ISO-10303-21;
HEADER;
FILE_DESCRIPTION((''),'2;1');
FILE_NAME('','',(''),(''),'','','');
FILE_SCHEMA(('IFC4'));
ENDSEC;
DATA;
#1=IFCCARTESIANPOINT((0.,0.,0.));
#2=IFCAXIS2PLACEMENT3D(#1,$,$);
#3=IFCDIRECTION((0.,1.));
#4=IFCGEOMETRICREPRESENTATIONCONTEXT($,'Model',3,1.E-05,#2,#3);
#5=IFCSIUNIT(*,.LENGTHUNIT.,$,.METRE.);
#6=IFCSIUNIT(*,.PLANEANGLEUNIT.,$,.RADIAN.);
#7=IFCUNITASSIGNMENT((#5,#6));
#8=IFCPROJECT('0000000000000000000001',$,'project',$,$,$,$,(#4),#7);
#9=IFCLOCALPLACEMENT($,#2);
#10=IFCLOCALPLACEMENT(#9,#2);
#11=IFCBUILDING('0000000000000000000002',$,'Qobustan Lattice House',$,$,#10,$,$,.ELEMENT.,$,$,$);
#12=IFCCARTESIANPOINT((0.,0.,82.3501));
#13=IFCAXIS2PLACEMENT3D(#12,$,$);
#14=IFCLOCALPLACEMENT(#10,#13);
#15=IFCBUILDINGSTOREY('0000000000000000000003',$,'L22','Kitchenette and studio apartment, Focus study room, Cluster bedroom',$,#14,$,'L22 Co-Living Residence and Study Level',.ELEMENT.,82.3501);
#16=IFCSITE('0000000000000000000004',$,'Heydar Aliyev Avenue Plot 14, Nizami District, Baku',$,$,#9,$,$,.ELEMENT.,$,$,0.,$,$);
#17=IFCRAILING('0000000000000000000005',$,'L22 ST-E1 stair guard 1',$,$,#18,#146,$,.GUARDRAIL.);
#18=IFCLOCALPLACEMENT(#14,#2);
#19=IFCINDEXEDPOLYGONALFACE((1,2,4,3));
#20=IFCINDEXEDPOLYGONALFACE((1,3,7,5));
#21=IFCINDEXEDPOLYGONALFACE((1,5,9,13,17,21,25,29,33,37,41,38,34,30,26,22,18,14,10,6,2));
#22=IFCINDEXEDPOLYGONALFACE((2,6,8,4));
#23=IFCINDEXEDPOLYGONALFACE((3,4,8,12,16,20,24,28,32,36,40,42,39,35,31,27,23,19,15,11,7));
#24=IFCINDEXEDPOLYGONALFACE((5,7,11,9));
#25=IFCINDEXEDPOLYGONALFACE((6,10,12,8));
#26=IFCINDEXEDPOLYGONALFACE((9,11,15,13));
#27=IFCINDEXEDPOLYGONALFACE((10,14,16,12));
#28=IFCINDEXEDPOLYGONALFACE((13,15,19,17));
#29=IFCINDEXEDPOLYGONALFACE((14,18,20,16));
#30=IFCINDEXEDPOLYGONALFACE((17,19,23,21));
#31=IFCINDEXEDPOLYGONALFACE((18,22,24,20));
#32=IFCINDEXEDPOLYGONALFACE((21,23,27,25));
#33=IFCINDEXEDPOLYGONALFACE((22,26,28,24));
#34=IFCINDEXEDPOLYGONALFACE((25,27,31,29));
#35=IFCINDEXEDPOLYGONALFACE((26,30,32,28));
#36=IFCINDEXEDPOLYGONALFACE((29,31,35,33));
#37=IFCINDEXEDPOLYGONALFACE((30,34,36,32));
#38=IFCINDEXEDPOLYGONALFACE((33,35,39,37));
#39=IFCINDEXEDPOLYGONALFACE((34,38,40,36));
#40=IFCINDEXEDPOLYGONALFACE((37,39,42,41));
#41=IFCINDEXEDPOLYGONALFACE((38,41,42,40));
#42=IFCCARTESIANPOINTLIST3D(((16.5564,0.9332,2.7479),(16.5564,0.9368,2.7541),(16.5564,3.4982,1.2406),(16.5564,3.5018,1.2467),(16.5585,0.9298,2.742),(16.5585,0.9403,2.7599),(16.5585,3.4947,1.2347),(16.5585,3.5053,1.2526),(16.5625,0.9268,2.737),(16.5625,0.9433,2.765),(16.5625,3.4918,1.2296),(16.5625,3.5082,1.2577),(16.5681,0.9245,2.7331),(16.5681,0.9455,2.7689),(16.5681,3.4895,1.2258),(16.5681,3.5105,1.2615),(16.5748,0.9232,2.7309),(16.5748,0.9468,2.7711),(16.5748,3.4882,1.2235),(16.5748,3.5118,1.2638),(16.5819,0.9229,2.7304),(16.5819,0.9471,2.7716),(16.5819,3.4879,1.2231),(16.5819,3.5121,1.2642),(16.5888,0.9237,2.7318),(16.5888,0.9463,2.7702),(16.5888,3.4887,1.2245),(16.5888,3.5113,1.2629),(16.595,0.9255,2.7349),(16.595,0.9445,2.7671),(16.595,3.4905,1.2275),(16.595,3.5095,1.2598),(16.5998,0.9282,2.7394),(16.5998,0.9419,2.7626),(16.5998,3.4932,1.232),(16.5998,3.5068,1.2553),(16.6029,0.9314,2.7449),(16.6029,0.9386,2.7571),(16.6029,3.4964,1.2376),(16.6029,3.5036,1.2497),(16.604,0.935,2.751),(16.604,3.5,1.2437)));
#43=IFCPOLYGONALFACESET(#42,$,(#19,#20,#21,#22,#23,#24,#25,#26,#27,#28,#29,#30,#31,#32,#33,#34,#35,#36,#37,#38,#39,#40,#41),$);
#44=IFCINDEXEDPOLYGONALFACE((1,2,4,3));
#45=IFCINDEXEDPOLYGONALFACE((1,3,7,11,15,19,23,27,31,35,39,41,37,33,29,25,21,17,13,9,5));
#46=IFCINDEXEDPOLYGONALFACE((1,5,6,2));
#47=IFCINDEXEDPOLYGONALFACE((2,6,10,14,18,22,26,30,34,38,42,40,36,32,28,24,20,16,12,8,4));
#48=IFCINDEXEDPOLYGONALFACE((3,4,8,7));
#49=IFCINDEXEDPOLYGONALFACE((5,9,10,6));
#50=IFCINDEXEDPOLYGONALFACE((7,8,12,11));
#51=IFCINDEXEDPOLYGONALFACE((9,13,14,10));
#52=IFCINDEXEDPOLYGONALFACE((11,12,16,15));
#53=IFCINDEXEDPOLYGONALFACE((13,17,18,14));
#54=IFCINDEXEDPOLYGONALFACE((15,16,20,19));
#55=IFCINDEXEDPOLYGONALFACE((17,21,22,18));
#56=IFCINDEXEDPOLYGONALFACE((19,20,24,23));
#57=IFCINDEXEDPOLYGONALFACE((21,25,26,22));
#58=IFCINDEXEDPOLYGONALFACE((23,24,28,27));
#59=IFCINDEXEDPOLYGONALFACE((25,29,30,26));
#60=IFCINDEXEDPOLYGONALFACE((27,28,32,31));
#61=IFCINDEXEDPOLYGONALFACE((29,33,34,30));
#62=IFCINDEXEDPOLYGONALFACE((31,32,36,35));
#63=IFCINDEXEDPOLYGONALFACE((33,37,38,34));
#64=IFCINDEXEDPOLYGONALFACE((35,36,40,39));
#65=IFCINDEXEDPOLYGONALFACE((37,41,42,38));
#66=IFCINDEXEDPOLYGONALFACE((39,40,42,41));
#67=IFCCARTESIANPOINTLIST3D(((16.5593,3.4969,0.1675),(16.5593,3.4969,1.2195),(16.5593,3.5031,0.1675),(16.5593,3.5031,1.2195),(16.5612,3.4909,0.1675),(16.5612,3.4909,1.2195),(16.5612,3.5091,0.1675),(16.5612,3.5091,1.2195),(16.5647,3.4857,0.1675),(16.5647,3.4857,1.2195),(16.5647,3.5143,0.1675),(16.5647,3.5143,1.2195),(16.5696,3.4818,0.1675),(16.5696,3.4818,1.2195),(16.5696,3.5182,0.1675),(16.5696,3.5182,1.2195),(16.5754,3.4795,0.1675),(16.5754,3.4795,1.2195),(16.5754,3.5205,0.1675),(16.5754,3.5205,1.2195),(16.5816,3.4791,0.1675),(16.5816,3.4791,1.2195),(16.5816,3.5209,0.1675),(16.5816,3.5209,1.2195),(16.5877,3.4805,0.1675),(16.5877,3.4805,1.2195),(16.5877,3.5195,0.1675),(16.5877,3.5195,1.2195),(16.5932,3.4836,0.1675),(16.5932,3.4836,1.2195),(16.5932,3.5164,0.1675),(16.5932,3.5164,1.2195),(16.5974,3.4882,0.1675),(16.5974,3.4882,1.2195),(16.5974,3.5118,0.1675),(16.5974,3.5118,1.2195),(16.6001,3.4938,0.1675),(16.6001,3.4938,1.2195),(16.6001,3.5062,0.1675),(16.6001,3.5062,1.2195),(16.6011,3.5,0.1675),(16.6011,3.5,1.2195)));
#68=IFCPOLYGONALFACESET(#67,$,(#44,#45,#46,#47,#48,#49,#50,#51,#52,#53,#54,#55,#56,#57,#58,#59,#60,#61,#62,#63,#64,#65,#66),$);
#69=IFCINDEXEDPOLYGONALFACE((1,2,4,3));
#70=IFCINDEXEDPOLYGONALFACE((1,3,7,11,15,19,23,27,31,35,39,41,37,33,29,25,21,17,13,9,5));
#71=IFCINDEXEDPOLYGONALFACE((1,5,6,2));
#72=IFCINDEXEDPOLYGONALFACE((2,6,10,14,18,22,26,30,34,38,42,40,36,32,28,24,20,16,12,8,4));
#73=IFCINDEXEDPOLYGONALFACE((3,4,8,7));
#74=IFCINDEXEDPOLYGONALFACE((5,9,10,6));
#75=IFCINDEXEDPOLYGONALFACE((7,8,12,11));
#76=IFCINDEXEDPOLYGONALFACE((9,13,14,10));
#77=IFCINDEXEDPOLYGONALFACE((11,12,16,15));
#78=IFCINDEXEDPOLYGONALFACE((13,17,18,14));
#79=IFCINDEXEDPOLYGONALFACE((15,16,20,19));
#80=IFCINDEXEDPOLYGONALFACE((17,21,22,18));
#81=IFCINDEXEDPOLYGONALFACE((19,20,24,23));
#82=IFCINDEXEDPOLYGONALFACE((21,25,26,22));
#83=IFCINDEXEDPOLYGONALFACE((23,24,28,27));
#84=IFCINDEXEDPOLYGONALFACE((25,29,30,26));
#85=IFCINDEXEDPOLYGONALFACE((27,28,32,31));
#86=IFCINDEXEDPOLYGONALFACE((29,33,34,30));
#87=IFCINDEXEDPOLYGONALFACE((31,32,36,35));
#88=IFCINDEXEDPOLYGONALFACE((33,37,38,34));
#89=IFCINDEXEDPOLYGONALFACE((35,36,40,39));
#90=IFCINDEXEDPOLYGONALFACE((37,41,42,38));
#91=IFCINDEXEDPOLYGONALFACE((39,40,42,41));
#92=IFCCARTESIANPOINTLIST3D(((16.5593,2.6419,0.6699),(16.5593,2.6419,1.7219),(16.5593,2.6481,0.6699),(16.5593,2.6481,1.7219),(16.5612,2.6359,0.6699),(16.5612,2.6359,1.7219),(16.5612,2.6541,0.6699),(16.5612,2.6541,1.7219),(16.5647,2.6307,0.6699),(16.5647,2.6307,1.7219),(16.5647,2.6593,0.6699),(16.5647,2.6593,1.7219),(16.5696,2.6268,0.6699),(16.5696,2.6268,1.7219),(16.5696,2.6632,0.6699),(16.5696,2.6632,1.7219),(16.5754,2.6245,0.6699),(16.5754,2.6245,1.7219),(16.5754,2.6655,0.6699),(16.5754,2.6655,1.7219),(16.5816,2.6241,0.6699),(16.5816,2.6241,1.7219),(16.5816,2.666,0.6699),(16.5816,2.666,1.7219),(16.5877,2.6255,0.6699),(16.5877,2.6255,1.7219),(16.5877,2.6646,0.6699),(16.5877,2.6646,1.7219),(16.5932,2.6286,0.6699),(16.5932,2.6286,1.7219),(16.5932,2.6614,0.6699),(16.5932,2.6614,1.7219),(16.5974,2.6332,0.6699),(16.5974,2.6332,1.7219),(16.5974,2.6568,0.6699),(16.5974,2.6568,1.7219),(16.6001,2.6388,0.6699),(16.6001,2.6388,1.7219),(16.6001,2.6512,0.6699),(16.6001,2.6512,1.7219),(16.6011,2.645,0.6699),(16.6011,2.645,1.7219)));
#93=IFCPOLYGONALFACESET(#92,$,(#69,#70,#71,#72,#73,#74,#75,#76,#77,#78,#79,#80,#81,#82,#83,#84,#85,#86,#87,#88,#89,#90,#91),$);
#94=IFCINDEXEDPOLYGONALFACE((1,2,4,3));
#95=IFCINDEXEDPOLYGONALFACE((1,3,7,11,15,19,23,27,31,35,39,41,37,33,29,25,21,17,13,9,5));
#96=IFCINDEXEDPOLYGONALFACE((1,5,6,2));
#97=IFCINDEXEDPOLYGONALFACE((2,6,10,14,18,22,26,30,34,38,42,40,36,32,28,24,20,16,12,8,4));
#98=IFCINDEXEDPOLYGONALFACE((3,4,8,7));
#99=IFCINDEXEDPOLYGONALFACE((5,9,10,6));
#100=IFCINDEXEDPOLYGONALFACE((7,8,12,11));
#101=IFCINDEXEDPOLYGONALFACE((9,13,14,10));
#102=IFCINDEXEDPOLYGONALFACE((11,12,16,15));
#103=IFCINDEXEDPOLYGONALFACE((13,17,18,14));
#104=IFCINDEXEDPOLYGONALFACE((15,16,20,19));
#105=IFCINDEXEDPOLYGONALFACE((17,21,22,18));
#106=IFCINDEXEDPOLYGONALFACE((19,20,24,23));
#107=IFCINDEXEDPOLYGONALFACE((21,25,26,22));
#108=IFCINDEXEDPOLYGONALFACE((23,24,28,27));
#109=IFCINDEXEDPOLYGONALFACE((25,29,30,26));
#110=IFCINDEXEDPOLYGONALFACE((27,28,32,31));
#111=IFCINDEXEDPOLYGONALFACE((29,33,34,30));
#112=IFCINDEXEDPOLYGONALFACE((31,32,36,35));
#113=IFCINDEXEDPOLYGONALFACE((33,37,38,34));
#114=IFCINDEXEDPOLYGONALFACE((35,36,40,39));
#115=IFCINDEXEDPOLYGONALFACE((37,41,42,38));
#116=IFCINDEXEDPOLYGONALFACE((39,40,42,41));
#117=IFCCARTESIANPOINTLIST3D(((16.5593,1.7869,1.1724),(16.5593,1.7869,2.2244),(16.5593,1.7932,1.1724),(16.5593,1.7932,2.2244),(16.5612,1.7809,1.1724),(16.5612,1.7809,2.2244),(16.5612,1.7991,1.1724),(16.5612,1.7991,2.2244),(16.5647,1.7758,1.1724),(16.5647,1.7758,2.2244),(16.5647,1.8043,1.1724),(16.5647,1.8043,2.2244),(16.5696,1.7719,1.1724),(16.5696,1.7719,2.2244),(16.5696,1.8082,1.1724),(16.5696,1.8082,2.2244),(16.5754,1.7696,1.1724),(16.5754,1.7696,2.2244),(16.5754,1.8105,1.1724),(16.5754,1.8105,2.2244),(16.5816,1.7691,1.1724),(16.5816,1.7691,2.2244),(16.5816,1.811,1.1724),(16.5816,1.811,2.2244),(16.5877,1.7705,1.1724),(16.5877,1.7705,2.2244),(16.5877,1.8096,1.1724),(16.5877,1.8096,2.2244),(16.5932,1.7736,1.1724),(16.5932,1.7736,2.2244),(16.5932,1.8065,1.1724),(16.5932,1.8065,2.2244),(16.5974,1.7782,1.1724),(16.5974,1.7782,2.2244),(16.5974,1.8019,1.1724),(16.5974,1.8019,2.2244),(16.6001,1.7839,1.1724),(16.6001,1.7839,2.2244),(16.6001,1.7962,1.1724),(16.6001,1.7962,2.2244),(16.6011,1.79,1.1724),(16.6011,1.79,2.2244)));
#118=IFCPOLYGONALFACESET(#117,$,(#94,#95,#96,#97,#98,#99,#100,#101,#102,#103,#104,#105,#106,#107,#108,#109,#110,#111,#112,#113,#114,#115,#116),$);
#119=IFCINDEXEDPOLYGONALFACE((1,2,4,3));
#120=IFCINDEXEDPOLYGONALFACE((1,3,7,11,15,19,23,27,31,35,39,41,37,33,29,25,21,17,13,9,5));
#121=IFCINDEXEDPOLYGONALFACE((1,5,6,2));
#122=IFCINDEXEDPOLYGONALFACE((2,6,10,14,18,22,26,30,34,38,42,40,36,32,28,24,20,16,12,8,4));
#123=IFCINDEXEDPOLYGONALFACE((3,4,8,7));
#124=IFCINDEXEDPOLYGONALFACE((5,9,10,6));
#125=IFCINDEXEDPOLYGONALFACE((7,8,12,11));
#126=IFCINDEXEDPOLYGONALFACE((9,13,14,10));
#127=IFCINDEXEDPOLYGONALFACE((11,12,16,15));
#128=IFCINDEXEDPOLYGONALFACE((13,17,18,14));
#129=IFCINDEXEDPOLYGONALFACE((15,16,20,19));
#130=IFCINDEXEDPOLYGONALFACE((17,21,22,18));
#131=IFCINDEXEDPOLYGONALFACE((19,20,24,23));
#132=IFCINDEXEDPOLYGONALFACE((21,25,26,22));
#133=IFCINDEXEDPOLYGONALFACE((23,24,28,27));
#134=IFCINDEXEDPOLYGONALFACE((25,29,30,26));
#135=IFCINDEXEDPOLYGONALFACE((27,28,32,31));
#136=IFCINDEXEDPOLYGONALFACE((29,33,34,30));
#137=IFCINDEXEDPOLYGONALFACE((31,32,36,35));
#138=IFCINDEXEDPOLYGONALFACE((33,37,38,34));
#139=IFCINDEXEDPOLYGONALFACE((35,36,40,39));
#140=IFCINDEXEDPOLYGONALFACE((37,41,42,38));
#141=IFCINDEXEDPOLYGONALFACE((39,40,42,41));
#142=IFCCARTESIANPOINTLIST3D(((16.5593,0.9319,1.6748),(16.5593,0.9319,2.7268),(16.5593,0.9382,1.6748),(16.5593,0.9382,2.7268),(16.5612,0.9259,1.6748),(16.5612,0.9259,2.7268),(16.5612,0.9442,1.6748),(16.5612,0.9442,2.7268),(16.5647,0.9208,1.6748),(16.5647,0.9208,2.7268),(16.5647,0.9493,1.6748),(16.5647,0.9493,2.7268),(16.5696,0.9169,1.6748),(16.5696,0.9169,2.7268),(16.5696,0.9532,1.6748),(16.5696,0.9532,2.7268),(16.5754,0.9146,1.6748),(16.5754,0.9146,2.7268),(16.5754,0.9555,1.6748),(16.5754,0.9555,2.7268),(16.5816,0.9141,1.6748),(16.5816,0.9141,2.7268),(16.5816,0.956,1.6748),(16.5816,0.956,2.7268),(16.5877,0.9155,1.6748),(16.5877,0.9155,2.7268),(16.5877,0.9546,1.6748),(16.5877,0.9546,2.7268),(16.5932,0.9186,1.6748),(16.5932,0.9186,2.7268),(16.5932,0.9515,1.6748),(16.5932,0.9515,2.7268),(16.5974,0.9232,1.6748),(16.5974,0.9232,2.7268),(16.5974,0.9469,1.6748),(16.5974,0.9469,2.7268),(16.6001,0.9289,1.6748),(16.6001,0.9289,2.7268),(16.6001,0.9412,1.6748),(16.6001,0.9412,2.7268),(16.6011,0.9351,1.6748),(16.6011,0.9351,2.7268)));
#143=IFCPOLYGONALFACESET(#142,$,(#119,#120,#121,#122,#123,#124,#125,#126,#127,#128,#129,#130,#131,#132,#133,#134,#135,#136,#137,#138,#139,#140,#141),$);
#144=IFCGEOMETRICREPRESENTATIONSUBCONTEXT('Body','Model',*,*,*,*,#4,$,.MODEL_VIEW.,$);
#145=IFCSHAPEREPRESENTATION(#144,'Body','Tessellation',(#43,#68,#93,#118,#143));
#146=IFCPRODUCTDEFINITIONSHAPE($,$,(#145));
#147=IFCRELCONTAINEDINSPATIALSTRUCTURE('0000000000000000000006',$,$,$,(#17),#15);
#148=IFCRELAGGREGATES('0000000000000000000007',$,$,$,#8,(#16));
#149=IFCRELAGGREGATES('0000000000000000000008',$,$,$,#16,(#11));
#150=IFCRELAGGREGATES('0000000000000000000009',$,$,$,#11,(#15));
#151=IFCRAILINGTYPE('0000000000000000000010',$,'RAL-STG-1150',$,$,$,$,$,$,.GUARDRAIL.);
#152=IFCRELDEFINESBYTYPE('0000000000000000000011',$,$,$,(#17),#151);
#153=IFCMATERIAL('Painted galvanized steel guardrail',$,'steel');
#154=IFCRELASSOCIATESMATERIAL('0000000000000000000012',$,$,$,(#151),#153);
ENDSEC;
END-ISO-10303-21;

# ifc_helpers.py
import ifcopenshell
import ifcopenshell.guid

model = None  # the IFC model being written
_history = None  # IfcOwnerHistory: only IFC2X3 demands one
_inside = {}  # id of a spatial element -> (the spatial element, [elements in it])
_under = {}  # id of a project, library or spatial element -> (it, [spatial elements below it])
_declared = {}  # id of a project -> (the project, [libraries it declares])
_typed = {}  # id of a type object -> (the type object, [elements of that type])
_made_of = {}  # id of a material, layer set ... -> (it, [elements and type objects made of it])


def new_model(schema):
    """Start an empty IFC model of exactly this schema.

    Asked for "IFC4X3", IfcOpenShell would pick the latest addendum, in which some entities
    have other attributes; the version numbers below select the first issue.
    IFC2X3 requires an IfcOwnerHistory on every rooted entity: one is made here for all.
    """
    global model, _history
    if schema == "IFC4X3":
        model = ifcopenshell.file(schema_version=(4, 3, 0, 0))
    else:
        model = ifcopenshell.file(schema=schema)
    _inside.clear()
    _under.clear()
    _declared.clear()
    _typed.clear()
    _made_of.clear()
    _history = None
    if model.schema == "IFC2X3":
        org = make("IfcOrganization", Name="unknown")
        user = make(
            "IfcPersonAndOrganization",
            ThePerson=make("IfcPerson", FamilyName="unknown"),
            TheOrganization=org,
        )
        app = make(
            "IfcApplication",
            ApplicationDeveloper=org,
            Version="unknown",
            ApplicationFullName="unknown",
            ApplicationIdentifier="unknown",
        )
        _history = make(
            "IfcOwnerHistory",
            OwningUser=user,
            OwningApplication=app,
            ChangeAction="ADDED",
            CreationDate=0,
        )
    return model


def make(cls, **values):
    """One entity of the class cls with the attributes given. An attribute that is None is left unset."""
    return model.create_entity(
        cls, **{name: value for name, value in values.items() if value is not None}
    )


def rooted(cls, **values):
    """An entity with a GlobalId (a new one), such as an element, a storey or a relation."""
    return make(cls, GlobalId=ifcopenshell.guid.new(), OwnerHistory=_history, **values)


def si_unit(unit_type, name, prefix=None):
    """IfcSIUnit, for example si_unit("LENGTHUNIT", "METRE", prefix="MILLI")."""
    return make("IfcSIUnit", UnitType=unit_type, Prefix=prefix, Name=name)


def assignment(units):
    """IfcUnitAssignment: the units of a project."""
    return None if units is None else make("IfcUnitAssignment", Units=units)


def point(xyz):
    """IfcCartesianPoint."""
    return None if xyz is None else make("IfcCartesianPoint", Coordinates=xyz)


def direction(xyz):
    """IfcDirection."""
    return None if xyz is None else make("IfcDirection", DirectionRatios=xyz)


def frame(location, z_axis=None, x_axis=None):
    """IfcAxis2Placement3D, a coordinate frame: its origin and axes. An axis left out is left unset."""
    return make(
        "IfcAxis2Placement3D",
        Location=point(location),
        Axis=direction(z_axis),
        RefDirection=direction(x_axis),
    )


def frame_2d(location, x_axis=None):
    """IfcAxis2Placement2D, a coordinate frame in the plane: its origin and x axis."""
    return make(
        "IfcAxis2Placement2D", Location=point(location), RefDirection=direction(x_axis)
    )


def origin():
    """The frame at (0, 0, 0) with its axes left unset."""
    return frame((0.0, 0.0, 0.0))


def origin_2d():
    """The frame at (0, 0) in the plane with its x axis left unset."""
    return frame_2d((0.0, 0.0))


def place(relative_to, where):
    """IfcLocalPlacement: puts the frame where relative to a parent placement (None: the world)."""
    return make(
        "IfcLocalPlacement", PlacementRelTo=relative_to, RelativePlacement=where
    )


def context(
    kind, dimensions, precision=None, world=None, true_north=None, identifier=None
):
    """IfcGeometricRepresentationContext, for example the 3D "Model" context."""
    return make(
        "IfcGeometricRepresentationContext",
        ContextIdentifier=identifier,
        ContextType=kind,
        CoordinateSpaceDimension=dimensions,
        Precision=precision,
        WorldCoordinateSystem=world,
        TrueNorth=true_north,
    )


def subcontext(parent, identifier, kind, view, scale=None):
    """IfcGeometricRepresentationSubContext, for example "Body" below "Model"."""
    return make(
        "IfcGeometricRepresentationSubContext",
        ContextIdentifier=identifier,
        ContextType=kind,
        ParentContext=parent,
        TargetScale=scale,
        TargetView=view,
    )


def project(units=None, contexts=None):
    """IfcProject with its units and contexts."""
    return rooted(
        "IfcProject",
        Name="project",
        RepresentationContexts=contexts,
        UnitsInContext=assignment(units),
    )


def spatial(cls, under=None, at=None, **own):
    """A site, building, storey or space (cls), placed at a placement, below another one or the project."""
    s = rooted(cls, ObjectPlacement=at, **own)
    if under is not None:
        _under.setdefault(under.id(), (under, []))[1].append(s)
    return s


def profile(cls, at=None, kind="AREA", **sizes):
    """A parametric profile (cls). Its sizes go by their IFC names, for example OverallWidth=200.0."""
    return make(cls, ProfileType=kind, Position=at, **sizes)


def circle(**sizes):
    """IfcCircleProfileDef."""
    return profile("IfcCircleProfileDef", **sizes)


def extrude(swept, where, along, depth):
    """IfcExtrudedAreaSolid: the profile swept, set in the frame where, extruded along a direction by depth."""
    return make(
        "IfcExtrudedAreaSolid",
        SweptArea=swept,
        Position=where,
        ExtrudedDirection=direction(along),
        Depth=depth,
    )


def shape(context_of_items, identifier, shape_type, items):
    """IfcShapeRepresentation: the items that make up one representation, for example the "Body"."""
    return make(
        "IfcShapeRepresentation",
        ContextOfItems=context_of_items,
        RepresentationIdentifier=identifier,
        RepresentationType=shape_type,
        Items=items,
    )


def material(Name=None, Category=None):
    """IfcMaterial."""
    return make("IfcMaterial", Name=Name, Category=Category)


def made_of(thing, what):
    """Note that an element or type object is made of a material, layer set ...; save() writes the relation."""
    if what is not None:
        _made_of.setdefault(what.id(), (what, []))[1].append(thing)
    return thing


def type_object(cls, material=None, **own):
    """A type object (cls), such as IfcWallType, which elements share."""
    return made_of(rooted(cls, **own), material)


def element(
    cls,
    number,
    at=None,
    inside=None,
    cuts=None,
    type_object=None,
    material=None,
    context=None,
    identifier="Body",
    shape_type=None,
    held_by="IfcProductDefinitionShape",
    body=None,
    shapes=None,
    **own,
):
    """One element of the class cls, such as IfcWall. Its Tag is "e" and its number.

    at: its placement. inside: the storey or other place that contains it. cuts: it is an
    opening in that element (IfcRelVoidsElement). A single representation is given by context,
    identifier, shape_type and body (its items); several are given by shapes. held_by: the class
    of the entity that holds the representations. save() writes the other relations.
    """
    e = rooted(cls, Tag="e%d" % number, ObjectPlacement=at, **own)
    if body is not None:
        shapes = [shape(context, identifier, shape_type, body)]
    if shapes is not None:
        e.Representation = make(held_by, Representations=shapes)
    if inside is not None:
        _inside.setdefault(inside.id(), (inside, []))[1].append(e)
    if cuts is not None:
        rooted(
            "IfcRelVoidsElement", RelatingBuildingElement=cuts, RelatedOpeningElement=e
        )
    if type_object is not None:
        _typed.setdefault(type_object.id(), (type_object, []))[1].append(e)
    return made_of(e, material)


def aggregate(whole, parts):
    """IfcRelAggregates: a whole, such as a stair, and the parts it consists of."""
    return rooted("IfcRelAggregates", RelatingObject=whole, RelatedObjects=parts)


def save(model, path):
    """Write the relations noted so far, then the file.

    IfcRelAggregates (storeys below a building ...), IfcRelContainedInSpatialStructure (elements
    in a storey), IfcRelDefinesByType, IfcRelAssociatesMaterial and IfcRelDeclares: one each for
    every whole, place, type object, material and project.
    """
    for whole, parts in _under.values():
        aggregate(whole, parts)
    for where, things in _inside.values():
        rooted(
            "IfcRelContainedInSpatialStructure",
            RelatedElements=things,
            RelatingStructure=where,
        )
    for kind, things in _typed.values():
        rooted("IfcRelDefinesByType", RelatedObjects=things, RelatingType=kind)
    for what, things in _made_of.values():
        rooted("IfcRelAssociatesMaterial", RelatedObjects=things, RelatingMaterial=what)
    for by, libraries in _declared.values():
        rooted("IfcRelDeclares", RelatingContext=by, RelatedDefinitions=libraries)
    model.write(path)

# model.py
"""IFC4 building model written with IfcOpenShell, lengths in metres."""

from ifc_helpers import new_model, si_unit, direction, frame, origin, origin_2d, place, context, subcontext, project, spatial, circle, extrude, material, type_object, element, save


model = new_model("IFC4")

# Units and contexts
model_context = context("Model", 3, precision=1e-05, world=origin(), true_north=direction((0.0, 1.0)))
body_context = subcontext(model_context, "Body", "Model", "MODEL_VIEW")
ifc_project = project(units=[si_unit("LENGTHUNIT", "METRE"), si_unit("PLANEANGLEUNIT", "RADIAN")], contexts=[model_context])

# Site, building, storey
site_placement = place(None, origin())
site = spatial("IfcSite", under=ifc_project, at=site_placement, Name="Heydar Aliyev Avenue Plot 14, Nizami District, Baku", CompositionType="ELEMENT", RefElevation=0.0)
building_placement = place(site_placement, origin())
building = spatial("IfcBuilding", under=site, at=building_placement, Name="Qobustan Lattice House", CompositionType="ELEMENT")
storey_placement = place(building_placement, frame((0.0, 0.0, 82.3501)))
storey = spatial("IfcBuildingStorey", under=building, at=storey_placement, Name="L22", Description="Kitchenette and studio apartment, Focus study room, Cluster bedroom", LongName="L22 Co-Living Residence and Study Level", CompositionType="ELEMENT", Elevation=82.3501)

# Railing
ifc_material_1 = material(Name="Painted galvanized steel guardrail", Category="steel")
railing_type_1 = type_object("IfcRailingType", Name="RAL-STG-1150", PredefinedType="GUARDRAIL", material=ifc_material_1)
railing_1_placement = place(storey_placement, frame((16.5801, 3.5, 0.1675)))
element("IfcRailing", 1, at=railing_1_placement, inside=storey, type_object=railing_type_1, Name="L22 ST-E1 stair guard 1", PredefinedType="GUARDRAIL", context=body_context, shape_type="SweptSolid", body=[
    extrude(circle(Radius=0.0239, at=origin_2d()), frame((0.0, 0.0, 1.0762), z_axis=(0.0, -0.862149, 0.506654), x_axis=(1.0, 0.0, 0.0)), (0.0, 0.0, 1.0), 2.9751),
    extrude(circle(Radius=0.021, at=origin_2d()), origin(), (0.0, 0.0, 1.0), 1.052),
    extrude(circle(Radius=0.021, at=origin_2d()), frame((0.0, -0.855, 0.5024)), (0.0, 0.0, 1.0), 1.052),
    extrude(circle(Radius=0.021, at=origin_2d()), frame((0.0, -1.71, 1.0049)), (0.0, 0.0, 1.0), 1.052),
    extrude(circle(Radius=0.021, at=origin_2d()), frame((0.0, -2.5649, 1.5073)), (0.0, 0.0, 1.0), 1.052),
])

save(model, "model.ifc")
